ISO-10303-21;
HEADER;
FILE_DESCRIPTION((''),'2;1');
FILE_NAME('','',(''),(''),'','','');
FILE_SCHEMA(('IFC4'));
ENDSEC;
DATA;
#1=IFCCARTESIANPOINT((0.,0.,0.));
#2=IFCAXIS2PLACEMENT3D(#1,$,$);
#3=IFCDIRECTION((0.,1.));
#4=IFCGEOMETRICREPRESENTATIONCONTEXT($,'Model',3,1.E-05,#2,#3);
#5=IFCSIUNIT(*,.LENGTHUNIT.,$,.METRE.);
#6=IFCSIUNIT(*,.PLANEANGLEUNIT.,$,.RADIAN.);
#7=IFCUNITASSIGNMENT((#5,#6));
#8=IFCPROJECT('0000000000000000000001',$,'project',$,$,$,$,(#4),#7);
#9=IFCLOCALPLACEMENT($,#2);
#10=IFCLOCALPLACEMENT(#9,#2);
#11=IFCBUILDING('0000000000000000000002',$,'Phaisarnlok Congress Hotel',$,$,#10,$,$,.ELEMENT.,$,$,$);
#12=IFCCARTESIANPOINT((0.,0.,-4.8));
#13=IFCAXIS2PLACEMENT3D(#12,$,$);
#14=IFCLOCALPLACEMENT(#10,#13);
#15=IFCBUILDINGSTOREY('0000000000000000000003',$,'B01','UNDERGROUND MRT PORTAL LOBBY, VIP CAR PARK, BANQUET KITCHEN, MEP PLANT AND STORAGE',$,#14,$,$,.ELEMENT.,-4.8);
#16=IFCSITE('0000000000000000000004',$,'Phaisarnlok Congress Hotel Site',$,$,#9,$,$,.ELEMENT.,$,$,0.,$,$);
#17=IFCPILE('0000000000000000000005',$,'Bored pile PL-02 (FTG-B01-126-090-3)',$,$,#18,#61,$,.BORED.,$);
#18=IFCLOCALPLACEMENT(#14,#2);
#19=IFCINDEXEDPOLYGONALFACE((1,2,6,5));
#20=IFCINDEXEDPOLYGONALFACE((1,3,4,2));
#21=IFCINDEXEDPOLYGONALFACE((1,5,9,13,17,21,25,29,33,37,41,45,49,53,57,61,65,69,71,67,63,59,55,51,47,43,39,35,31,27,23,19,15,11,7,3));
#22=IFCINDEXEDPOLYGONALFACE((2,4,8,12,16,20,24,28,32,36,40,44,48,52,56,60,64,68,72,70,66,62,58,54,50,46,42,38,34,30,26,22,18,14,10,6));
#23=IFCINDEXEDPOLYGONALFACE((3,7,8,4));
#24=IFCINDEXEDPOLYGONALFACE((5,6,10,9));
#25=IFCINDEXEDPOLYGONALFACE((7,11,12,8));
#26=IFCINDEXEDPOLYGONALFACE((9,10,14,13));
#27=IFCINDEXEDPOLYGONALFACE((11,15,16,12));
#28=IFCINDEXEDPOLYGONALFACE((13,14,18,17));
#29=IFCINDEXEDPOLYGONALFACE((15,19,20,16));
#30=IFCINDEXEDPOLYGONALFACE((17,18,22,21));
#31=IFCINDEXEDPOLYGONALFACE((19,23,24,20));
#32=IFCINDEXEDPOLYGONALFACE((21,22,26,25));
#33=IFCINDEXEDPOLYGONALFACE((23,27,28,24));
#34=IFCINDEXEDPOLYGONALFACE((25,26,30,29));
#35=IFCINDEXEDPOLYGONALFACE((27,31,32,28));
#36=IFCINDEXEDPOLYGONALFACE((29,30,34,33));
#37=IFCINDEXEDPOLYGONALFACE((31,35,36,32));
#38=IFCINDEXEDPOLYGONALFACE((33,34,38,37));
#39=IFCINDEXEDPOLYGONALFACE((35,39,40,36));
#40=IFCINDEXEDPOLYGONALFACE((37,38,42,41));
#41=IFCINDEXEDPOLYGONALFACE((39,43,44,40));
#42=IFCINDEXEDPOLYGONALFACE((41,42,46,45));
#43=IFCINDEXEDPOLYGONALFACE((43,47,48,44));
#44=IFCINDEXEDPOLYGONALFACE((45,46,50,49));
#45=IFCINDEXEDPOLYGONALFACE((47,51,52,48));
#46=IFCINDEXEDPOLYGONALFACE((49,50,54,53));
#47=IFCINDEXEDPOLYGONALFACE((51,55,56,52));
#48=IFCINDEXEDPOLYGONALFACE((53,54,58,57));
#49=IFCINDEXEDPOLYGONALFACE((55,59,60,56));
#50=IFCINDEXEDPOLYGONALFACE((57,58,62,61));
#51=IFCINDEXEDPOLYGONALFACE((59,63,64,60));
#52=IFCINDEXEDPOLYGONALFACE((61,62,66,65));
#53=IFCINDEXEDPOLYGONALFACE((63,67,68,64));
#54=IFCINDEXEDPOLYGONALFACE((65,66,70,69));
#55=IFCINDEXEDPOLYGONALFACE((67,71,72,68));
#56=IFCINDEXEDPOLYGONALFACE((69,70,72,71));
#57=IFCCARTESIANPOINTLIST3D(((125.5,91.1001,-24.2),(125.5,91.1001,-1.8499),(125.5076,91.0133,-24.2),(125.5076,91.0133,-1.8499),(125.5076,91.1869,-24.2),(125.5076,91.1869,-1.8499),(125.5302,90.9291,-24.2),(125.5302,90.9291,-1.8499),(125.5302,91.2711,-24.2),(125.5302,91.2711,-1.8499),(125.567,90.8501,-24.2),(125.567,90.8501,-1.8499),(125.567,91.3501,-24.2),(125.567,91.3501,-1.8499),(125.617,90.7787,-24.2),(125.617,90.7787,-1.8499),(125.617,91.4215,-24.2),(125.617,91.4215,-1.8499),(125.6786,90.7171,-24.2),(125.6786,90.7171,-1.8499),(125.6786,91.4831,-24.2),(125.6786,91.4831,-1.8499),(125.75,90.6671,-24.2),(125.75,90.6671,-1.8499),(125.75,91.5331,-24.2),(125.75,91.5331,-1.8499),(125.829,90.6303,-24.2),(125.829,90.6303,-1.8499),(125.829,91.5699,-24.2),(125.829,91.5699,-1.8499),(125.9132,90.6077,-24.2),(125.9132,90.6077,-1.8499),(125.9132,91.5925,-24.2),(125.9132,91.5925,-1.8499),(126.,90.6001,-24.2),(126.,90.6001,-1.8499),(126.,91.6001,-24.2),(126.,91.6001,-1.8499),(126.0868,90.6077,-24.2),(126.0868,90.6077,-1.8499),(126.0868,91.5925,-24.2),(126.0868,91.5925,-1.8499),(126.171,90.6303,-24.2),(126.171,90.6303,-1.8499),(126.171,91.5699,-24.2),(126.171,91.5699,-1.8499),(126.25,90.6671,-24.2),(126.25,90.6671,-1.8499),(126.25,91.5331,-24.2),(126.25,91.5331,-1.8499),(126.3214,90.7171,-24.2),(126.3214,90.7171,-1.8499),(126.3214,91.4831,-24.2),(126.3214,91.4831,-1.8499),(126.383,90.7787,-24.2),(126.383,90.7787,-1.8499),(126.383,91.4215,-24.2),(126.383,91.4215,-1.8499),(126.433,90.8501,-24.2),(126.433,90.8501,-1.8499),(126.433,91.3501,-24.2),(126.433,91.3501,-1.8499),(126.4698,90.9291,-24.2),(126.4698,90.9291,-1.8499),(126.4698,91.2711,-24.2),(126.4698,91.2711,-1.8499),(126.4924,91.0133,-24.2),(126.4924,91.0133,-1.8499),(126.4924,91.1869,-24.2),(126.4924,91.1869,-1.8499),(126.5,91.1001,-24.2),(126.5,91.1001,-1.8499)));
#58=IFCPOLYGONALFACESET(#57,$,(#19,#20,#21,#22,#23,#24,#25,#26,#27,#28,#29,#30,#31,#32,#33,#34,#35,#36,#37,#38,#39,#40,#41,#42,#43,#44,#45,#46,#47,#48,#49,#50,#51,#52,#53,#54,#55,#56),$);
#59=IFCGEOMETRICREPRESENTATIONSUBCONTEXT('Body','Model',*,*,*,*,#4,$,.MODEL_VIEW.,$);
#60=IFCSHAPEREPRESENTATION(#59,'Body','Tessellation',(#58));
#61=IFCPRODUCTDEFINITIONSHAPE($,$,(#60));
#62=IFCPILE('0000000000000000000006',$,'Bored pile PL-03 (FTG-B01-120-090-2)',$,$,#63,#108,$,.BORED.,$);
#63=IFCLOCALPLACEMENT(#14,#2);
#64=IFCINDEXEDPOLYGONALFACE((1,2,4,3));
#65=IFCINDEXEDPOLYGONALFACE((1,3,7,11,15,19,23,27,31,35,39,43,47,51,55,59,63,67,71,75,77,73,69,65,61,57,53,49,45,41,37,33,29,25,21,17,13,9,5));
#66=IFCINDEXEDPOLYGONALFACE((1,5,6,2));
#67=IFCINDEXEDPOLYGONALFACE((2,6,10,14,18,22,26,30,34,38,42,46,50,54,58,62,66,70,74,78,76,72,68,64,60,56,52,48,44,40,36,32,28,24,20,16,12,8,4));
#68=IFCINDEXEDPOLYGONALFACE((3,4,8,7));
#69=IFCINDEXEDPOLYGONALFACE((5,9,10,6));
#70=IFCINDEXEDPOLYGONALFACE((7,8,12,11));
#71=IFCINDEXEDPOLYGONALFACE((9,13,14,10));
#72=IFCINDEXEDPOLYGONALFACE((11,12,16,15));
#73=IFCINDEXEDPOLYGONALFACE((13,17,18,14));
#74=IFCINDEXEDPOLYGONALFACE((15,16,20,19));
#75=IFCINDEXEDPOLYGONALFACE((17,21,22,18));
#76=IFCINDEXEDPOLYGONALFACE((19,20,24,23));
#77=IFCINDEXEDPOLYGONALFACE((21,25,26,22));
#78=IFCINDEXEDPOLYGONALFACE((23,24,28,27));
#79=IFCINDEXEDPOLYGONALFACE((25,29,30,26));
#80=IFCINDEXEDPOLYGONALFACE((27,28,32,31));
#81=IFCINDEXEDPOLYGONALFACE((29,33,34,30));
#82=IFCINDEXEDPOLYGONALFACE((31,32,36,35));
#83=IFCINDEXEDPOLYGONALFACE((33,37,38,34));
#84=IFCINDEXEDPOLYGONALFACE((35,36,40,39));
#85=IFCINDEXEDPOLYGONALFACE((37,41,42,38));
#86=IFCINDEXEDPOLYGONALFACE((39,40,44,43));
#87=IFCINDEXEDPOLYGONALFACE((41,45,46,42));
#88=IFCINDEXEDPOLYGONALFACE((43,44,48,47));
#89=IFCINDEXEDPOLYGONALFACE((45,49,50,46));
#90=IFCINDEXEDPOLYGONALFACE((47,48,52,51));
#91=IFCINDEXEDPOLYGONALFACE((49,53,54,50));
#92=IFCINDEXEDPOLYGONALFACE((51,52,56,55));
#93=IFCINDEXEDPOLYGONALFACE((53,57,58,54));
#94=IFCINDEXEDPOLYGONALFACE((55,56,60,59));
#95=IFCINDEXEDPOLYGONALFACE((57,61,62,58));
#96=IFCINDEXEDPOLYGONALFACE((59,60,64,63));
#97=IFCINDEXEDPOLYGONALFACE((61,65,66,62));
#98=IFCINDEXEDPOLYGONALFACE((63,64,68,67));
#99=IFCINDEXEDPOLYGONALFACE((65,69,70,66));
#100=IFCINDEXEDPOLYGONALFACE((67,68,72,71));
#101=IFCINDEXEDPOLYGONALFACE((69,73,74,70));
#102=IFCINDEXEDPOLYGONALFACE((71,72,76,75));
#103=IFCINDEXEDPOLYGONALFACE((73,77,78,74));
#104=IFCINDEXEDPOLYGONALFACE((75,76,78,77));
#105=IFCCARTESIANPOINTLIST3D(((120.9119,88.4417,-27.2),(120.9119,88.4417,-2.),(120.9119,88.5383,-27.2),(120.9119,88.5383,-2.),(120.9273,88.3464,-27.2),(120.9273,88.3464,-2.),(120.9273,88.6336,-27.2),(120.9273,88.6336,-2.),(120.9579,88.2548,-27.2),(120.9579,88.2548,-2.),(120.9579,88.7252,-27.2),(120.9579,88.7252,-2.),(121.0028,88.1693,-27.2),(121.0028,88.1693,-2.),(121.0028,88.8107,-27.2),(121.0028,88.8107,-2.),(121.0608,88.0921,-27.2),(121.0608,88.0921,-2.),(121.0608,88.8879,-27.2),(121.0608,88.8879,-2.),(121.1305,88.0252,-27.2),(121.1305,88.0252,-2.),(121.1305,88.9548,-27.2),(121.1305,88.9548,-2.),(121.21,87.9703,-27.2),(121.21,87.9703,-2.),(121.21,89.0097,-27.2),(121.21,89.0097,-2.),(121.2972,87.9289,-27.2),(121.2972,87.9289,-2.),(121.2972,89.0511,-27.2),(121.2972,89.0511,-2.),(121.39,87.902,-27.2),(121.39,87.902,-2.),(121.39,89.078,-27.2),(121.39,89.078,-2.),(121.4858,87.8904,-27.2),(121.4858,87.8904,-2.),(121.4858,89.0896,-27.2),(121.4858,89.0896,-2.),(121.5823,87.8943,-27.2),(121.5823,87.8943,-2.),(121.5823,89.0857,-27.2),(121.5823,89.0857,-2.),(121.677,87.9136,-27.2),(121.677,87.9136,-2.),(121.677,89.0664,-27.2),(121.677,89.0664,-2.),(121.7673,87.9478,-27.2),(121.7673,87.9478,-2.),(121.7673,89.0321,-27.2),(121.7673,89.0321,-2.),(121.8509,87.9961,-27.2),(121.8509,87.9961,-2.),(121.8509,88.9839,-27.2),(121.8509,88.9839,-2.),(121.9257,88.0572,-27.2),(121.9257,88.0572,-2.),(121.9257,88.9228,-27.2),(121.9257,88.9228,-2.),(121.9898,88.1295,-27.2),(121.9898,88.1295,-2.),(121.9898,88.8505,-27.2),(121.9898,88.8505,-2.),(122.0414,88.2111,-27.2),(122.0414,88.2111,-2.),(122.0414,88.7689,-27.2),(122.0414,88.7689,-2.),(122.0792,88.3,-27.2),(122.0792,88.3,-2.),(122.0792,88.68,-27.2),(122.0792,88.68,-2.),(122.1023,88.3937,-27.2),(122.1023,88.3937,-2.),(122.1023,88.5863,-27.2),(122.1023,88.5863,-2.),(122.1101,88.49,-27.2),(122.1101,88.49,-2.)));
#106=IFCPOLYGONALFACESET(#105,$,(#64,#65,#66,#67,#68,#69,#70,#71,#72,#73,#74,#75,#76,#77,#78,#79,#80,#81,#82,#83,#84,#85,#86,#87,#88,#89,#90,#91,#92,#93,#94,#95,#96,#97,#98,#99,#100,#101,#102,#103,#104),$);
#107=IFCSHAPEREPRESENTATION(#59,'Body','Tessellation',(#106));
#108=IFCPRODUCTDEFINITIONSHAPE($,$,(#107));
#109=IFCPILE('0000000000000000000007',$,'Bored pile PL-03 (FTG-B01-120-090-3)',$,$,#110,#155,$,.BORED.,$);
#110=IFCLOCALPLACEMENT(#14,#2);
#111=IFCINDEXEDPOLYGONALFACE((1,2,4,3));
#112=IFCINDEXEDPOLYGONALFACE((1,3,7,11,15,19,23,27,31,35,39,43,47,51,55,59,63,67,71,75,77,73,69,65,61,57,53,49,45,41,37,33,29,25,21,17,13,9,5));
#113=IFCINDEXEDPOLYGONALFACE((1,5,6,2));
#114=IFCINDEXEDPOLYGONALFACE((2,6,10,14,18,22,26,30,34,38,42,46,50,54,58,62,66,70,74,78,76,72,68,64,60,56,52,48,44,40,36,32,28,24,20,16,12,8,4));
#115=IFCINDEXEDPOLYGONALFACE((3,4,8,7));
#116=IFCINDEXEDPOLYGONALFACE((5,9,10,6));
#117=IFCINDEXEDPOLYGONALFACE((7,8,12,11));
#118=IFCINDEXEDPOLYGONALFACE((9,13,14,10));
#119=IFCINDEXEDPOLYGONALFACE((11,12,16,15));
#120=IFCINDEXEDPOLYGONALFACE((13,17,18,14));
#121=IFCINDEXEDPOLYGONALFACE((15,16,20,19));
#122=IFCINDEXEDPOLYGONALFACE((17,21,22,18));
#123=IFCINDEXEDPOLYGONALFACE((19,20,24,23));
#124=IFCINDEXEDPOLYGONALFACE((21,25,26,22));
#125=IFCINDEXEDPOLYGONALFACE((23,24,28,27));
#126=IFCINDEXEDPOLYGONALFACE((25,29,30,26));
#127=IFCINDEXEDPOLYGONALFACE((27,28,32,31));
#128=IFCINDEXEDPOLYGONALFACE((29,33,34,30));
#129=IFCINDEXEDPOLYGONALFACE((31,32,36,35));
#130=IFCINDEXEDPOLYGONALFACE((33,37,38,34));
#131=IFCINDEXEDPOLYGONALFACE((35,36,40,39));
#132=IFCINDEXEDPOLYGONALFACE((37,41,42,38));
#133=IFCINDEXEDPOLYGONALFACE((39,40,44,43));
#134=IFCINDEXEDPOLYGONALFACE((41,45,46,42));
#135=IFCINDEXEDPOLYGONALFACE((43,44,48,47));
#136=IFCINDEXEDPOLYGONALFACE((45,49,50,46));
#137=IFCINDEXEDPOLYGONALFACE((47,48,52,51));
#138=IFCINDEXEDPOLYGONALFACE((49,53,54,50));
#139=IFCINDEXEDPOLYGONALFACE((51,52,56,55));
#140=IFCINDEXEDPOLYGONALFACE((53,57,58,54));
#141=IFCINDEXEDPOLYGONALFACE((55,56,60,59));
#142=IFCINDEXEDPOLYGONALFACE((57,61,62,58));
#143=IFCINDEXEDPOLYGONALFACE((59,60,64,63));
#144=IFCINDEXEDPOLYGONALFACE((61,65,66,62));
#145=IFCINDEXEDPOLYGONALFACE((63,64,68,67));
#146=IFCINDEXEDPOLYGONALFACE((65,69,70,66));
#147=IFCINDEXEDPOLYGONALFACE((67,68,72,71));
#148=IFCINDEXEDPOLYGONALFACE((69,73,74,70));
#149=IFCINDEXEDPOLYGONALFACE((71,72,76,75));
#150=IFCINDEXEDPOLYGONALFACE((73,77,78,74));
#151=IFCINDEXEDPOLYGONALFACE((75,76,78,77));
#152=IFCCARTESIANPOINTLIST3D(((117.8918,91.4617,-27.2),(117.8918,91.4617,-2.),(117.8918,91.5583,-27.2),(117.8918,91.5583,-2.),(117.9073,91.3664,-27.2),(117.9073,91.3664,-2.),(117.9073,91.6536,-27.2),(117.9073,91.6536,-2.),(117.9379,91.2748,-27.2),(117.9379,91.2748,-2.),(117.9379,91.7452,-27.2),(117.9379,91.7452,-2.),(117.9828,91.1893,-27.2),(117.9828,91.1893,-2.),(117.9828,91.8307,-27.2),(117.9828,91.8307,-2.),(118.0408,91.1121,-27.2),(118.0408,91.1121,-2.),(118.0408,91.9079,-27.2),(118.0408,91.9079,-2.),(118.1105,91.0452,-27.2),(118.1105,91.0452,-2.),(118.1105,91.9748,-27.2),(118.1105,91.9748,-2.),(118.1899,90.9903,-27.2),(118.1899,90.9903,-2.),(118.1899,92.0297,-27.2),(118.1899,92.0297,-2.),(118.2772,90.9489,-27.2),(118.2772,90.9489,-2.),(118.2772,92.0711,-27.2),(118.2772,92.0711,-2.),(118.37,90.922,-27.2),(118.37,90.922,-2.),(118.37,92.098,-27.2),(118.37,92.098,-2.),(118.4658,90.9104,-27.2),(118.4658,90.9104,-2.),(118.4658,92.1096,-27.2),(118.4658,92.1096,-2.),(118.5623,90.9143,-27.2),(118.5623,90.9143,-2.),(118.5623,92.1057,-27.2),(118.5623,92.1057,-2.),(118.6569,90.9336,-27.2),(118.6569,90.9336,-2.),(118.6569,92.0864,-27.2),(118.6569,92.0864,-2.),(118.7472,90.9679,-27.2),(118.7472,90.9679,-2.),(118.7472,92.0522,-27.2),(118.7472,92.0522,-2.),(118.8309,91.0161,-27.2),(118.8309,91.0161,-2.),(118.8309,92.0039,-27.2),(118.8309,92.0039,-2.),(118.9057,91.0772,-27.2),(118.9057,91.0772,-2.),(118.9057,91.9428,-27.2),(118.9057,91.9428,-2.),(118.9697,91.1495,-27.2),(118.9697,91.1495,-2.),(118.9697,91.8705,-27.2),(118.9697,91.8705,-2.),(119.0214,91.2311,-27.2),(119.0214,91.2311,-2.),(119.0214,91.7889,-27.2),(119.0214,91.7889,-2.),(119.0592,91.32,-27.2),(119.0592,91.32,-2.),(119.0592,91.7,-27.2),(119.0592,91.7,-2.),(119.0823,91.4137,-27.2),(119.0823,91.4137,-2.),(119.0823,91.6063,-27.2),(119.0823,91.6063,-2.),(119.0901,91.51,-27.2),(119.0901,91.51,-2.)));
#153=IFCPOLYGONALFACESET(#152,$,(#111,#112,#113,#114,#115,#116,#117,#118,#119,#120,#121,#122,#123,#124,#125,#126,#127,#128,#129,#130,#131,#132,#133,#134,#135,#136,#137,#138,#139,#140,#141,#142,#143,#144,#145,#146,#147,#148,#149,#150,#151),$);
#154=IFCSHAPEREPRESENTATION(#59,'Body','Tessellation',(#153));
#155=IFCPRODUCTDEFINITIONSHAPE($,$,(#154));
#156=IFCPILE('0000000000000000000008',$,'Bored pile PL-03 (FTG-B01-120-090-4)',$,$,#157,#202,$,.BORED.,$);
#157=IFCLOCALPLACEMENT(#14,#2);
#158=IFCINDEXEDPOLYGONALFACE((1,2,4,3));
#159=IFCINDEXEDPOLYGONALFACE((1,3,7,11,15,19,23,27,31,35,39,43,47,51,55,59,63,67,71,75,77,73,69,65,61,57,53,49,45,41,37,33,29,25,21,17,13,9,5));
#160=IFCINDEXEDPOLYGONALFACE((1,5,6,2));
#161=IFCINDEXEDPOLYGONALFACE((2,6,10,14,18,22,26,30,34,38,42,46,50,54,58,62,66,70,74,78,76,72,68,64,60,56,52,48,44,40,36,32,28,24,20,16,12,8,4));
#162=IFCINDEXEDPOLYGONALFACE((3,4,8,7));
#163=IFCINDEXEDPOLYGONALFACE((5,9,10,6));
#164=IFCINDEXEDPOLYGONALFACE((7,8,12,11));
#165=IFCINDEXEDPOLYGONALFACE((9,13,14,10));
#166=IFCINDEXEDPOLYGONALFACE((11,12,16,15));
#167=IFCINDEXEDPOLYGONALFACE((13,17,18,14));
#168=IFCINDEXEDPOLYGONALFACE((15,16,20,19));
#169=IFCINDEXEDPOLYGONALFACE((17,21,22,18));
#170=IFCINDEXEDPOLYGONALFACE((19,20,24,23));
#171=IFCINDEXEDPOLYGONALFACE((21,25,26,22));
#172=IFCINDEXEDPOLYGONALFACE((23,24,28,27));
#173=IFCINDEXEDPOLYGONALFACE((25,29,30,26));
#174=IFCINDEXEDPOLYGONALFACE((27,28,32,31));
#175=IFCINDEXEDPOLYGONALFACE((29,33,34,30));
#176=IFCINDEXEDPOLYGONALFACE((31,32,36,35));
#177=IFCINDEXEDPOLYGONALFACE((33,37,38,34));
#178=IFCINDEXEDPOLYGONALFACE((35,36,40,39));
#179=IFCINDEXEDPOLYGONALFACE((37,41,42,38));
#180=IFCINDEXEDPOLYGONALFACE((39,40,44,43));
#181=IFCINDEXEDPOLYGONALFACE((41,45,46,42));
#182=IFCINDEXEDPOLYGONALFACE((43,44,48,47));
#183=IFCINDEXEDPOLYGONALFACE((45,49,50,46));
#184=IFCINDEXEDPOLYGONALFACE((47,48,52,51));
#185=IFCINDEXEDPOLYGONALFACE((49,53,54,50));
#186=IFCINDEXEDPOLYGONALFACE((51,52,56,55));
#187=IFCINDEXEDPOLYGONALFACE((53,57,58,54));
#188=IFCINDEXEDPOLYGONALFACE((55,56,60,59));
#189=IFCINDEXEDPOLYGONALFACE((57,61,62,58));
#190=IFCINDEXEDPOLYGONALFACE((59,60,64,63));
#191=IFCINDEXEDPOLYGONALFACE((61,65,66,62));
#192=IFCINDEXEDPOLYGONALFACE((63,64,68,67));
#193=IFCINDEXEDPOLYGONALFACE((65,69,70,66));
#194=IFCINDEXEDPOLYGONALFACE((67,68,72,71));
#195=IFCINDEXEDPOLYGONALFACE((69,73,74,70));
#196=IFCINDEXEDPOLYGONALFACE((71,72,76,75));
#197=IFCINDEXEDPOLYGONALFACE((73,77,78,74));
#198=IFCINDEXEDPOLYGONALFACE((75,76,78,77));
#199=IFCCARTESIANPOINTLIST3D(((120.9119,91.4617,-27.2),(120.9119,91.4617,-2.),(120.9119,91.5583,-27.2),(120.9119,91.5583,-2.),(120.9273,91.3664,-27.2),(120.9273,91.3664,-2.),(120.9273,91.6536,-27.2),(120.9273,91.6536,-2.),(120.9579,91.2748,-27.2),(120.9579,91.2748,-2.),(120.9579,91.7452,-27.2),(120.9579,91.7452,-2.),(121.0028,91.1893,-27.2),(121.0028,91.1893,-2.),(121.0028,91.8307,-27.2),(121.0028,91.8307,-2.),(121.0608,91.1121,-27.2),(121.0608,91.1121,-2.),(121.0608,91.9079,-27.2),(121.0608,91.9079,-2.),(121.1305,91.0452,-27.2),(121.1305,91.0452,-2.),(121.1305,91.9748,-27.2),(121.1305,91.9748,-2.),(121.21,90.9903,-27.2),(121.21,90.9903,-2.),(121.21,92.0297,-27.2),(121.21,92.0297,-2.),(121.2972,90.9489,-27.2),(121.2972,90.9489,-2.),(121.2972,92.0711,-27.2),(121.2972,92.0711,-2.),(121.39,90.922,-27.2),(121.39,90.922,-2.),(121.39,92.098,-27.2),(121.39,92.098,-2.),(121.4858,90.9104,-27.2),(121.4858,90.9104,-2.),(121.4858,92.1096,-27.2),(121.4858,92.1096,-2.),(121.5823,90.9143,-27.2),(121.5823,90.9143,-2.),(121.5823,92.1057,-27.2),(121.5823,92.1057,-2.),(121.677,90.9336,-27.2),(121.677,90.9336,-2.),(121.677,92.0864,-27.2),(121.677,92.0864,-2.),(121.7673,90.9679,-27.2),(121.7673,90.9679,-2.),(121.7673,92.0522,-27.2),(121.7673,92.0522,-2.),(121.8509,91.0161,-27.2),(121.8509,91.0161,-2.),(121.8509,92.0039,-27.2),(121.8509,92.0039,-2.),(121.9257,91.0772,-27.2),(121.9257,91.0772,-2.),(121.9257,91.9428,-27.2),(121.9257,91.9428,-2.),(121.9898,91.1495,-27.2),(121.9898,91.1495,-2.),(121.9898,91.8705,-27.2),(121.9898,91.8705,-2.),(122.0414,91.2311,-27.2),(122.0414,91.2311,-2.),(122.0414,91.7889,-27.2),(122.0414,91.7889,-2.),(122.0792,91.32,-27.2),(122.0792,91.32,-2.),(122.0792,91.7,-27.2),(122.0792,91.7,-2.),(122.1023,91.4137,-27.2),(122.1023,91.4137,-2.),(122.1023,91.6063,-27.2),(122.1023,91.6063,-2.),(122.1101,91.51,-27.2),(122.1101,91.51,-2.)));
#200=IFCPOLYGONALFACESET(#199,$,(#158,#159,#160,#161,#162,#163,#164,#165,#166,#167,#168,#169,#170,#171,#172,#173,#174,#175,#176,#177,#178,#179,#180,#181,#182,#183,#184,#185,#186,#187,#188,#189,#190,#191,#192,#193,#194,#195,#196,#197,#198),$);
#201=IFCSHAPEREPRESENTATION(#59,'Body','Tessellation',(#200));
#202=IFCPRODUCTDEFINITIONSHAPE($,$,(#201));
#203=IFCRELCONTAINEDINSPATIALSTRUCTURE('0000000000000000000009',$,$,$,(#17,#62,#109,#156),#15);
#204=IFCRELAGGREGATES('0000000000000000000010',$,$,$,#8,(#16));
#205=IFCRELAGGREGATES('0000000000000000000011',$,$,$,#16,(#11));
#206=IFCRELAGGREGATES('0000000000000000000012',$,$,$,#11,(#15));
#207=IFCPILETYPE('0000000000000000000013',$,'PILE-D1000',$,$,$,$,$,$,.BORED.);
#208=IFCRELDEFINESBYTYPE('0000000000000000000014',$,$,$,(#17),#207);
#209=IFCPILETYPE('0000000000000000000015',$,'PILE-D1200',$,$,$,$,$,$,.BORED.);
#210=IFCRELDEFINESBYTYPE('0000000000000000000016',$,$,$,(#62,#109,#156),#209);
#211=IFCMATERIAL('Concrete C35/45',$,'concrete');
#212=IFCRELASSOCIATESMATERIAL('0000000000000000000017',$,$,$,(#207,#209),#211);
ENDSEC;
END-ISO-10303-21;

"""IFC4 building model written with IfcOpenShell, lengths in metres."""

from ifc_helpers import new_model, si_unit, direction, frame, origin, origin_2d, place, context, subcontext, project, spatial, circle, extrude, material, material_profile, profile_set, type_object, element, save


model = new_model("IFC4")

# Units and contexts
model_context = context("Model", 3, precision=1e-05, world=origin(), true_north=direction((0.0, 1.0)))
body_context = subcontext(model_context, "Body", "Model", "MODEL_VIEW")
ifc_project = project(units=[si_unit("LENGTHUNIT", "METRE"), si_unit("PLANEANGLEUNIT", "RADIAN")], contexts=[model_context])

# Site, building, storey
site_placement = place(None, origin())
site = spatial("IfcSite", under=ifc_project, at=site_placement, Name="Phaisarnlok Congress Hotel Site", CompositionType="ELEMENT", RefElevation=0.0)
building_placement = place(site_placement, origin())
building = spatial("IfcBuilding", under=site, at=building_placement, Name="Phaisarnlok Congress Hotel", CompositionType="ELEMENT")
storey_placement = place(building_placement, frame((0.0, 0.0, -4.8)))
storey = spatial("IfcBuildingStorey", under=building, at=storey_placement, Name="B01", Description="UNDERGROUND MRT PORTAL LOBBY, VIP CAR PARK, BANQUET KITCHEN, MEP PLANT AND STORAGE", CompositionType="ELEMENT", Elevation=-4.8)

# Piles
ifc_material_1 = material(Name="Concrete C35/45", Category="concrete")
ifc_material_profile_1 = material_profile(ifc_material_1, circle(Radius=0.5, at=origin_2d()), Name="BORED PILE D1000")
ifc_profile_set_1 = profile_set([ifc_material_profile_1], Name="Concrete C35/45")
pile_type_1 = type_object("IfcPileType", Name="PILE-D1000", PredefinedType="BORED", material=ifc_profile_set_1)
for number, where, z_axis, x_axis, name in (
    (1, (126.0, 91.1001, -1.8499), (0.0, 0.0, -1.0), (1.0, 0.0, 0.0), "Bored pile PL-02 (FTG-B01-126-090-3)"),
):
    element("IfcPile", number, at=place(storey_placement, frame(where, z_axis=z_axis, x_axis=x_axis)), inside=storey, type_object=pile_type_1, Name=name, PredefinedType="BORED", context=body_context, shape_type="SweptSolid", body=[
        extrude(circle(Radius=0.5, at=origin_2d()), origin(), (0.0, 0.0, 1.0), 22.3501),
    ])
ifc_material_profile_2 = material_profile(ifc_material_1, circle(Radius=0.6001, at=origin_2d()), Name="BORED PILE D1200")
ifc_profile_set_2 = profile_set([ifc_material_profile_2], Name="Concrete C35/45")
pile_type_2 = type_object("IfcPileType", Name="PILE-D1200", PredefinedType="BORED", material=ifc_profile_set_2)
for number, where, z_axis, x_axis, name in (
    (2, (121.51, 88.49, -2.0), (0.0, 0.0, -1.0), (1.0, 0.0, 0.0), "Bored pile PL-03 (FTG-B01-120-090-2)"),
    (3, (118.49, 91.51, -2.0), (0.0, 0.0, -1.0), (1.0, 0.0, 0.0), "Bored pile PL-03 (FTG-B01-120-090-3)"),
    (4, (121.51, 91.51, -2.0), (0.0, 0.0, -1.0), (1.0, 0.0, 0.0), "Bored pile PL-03 (FTG-B01-120-090-4)"),
):
    element("IfcPile", number, at=place(storey_placement, frame(where, z_axis=z_axis, x_axis=x_axis)), inside=storey, type_object=pile_type_2, Name=name, PredefinedType="BORED", context=body_context, shape_type="SweptSolid", body=[
        extrude(circle(Radius=0.6001, at=origin_2d()), origin(), (0.0, 0.0, 1.0), 25.2),
    ])

save(model, "model.ifc")
